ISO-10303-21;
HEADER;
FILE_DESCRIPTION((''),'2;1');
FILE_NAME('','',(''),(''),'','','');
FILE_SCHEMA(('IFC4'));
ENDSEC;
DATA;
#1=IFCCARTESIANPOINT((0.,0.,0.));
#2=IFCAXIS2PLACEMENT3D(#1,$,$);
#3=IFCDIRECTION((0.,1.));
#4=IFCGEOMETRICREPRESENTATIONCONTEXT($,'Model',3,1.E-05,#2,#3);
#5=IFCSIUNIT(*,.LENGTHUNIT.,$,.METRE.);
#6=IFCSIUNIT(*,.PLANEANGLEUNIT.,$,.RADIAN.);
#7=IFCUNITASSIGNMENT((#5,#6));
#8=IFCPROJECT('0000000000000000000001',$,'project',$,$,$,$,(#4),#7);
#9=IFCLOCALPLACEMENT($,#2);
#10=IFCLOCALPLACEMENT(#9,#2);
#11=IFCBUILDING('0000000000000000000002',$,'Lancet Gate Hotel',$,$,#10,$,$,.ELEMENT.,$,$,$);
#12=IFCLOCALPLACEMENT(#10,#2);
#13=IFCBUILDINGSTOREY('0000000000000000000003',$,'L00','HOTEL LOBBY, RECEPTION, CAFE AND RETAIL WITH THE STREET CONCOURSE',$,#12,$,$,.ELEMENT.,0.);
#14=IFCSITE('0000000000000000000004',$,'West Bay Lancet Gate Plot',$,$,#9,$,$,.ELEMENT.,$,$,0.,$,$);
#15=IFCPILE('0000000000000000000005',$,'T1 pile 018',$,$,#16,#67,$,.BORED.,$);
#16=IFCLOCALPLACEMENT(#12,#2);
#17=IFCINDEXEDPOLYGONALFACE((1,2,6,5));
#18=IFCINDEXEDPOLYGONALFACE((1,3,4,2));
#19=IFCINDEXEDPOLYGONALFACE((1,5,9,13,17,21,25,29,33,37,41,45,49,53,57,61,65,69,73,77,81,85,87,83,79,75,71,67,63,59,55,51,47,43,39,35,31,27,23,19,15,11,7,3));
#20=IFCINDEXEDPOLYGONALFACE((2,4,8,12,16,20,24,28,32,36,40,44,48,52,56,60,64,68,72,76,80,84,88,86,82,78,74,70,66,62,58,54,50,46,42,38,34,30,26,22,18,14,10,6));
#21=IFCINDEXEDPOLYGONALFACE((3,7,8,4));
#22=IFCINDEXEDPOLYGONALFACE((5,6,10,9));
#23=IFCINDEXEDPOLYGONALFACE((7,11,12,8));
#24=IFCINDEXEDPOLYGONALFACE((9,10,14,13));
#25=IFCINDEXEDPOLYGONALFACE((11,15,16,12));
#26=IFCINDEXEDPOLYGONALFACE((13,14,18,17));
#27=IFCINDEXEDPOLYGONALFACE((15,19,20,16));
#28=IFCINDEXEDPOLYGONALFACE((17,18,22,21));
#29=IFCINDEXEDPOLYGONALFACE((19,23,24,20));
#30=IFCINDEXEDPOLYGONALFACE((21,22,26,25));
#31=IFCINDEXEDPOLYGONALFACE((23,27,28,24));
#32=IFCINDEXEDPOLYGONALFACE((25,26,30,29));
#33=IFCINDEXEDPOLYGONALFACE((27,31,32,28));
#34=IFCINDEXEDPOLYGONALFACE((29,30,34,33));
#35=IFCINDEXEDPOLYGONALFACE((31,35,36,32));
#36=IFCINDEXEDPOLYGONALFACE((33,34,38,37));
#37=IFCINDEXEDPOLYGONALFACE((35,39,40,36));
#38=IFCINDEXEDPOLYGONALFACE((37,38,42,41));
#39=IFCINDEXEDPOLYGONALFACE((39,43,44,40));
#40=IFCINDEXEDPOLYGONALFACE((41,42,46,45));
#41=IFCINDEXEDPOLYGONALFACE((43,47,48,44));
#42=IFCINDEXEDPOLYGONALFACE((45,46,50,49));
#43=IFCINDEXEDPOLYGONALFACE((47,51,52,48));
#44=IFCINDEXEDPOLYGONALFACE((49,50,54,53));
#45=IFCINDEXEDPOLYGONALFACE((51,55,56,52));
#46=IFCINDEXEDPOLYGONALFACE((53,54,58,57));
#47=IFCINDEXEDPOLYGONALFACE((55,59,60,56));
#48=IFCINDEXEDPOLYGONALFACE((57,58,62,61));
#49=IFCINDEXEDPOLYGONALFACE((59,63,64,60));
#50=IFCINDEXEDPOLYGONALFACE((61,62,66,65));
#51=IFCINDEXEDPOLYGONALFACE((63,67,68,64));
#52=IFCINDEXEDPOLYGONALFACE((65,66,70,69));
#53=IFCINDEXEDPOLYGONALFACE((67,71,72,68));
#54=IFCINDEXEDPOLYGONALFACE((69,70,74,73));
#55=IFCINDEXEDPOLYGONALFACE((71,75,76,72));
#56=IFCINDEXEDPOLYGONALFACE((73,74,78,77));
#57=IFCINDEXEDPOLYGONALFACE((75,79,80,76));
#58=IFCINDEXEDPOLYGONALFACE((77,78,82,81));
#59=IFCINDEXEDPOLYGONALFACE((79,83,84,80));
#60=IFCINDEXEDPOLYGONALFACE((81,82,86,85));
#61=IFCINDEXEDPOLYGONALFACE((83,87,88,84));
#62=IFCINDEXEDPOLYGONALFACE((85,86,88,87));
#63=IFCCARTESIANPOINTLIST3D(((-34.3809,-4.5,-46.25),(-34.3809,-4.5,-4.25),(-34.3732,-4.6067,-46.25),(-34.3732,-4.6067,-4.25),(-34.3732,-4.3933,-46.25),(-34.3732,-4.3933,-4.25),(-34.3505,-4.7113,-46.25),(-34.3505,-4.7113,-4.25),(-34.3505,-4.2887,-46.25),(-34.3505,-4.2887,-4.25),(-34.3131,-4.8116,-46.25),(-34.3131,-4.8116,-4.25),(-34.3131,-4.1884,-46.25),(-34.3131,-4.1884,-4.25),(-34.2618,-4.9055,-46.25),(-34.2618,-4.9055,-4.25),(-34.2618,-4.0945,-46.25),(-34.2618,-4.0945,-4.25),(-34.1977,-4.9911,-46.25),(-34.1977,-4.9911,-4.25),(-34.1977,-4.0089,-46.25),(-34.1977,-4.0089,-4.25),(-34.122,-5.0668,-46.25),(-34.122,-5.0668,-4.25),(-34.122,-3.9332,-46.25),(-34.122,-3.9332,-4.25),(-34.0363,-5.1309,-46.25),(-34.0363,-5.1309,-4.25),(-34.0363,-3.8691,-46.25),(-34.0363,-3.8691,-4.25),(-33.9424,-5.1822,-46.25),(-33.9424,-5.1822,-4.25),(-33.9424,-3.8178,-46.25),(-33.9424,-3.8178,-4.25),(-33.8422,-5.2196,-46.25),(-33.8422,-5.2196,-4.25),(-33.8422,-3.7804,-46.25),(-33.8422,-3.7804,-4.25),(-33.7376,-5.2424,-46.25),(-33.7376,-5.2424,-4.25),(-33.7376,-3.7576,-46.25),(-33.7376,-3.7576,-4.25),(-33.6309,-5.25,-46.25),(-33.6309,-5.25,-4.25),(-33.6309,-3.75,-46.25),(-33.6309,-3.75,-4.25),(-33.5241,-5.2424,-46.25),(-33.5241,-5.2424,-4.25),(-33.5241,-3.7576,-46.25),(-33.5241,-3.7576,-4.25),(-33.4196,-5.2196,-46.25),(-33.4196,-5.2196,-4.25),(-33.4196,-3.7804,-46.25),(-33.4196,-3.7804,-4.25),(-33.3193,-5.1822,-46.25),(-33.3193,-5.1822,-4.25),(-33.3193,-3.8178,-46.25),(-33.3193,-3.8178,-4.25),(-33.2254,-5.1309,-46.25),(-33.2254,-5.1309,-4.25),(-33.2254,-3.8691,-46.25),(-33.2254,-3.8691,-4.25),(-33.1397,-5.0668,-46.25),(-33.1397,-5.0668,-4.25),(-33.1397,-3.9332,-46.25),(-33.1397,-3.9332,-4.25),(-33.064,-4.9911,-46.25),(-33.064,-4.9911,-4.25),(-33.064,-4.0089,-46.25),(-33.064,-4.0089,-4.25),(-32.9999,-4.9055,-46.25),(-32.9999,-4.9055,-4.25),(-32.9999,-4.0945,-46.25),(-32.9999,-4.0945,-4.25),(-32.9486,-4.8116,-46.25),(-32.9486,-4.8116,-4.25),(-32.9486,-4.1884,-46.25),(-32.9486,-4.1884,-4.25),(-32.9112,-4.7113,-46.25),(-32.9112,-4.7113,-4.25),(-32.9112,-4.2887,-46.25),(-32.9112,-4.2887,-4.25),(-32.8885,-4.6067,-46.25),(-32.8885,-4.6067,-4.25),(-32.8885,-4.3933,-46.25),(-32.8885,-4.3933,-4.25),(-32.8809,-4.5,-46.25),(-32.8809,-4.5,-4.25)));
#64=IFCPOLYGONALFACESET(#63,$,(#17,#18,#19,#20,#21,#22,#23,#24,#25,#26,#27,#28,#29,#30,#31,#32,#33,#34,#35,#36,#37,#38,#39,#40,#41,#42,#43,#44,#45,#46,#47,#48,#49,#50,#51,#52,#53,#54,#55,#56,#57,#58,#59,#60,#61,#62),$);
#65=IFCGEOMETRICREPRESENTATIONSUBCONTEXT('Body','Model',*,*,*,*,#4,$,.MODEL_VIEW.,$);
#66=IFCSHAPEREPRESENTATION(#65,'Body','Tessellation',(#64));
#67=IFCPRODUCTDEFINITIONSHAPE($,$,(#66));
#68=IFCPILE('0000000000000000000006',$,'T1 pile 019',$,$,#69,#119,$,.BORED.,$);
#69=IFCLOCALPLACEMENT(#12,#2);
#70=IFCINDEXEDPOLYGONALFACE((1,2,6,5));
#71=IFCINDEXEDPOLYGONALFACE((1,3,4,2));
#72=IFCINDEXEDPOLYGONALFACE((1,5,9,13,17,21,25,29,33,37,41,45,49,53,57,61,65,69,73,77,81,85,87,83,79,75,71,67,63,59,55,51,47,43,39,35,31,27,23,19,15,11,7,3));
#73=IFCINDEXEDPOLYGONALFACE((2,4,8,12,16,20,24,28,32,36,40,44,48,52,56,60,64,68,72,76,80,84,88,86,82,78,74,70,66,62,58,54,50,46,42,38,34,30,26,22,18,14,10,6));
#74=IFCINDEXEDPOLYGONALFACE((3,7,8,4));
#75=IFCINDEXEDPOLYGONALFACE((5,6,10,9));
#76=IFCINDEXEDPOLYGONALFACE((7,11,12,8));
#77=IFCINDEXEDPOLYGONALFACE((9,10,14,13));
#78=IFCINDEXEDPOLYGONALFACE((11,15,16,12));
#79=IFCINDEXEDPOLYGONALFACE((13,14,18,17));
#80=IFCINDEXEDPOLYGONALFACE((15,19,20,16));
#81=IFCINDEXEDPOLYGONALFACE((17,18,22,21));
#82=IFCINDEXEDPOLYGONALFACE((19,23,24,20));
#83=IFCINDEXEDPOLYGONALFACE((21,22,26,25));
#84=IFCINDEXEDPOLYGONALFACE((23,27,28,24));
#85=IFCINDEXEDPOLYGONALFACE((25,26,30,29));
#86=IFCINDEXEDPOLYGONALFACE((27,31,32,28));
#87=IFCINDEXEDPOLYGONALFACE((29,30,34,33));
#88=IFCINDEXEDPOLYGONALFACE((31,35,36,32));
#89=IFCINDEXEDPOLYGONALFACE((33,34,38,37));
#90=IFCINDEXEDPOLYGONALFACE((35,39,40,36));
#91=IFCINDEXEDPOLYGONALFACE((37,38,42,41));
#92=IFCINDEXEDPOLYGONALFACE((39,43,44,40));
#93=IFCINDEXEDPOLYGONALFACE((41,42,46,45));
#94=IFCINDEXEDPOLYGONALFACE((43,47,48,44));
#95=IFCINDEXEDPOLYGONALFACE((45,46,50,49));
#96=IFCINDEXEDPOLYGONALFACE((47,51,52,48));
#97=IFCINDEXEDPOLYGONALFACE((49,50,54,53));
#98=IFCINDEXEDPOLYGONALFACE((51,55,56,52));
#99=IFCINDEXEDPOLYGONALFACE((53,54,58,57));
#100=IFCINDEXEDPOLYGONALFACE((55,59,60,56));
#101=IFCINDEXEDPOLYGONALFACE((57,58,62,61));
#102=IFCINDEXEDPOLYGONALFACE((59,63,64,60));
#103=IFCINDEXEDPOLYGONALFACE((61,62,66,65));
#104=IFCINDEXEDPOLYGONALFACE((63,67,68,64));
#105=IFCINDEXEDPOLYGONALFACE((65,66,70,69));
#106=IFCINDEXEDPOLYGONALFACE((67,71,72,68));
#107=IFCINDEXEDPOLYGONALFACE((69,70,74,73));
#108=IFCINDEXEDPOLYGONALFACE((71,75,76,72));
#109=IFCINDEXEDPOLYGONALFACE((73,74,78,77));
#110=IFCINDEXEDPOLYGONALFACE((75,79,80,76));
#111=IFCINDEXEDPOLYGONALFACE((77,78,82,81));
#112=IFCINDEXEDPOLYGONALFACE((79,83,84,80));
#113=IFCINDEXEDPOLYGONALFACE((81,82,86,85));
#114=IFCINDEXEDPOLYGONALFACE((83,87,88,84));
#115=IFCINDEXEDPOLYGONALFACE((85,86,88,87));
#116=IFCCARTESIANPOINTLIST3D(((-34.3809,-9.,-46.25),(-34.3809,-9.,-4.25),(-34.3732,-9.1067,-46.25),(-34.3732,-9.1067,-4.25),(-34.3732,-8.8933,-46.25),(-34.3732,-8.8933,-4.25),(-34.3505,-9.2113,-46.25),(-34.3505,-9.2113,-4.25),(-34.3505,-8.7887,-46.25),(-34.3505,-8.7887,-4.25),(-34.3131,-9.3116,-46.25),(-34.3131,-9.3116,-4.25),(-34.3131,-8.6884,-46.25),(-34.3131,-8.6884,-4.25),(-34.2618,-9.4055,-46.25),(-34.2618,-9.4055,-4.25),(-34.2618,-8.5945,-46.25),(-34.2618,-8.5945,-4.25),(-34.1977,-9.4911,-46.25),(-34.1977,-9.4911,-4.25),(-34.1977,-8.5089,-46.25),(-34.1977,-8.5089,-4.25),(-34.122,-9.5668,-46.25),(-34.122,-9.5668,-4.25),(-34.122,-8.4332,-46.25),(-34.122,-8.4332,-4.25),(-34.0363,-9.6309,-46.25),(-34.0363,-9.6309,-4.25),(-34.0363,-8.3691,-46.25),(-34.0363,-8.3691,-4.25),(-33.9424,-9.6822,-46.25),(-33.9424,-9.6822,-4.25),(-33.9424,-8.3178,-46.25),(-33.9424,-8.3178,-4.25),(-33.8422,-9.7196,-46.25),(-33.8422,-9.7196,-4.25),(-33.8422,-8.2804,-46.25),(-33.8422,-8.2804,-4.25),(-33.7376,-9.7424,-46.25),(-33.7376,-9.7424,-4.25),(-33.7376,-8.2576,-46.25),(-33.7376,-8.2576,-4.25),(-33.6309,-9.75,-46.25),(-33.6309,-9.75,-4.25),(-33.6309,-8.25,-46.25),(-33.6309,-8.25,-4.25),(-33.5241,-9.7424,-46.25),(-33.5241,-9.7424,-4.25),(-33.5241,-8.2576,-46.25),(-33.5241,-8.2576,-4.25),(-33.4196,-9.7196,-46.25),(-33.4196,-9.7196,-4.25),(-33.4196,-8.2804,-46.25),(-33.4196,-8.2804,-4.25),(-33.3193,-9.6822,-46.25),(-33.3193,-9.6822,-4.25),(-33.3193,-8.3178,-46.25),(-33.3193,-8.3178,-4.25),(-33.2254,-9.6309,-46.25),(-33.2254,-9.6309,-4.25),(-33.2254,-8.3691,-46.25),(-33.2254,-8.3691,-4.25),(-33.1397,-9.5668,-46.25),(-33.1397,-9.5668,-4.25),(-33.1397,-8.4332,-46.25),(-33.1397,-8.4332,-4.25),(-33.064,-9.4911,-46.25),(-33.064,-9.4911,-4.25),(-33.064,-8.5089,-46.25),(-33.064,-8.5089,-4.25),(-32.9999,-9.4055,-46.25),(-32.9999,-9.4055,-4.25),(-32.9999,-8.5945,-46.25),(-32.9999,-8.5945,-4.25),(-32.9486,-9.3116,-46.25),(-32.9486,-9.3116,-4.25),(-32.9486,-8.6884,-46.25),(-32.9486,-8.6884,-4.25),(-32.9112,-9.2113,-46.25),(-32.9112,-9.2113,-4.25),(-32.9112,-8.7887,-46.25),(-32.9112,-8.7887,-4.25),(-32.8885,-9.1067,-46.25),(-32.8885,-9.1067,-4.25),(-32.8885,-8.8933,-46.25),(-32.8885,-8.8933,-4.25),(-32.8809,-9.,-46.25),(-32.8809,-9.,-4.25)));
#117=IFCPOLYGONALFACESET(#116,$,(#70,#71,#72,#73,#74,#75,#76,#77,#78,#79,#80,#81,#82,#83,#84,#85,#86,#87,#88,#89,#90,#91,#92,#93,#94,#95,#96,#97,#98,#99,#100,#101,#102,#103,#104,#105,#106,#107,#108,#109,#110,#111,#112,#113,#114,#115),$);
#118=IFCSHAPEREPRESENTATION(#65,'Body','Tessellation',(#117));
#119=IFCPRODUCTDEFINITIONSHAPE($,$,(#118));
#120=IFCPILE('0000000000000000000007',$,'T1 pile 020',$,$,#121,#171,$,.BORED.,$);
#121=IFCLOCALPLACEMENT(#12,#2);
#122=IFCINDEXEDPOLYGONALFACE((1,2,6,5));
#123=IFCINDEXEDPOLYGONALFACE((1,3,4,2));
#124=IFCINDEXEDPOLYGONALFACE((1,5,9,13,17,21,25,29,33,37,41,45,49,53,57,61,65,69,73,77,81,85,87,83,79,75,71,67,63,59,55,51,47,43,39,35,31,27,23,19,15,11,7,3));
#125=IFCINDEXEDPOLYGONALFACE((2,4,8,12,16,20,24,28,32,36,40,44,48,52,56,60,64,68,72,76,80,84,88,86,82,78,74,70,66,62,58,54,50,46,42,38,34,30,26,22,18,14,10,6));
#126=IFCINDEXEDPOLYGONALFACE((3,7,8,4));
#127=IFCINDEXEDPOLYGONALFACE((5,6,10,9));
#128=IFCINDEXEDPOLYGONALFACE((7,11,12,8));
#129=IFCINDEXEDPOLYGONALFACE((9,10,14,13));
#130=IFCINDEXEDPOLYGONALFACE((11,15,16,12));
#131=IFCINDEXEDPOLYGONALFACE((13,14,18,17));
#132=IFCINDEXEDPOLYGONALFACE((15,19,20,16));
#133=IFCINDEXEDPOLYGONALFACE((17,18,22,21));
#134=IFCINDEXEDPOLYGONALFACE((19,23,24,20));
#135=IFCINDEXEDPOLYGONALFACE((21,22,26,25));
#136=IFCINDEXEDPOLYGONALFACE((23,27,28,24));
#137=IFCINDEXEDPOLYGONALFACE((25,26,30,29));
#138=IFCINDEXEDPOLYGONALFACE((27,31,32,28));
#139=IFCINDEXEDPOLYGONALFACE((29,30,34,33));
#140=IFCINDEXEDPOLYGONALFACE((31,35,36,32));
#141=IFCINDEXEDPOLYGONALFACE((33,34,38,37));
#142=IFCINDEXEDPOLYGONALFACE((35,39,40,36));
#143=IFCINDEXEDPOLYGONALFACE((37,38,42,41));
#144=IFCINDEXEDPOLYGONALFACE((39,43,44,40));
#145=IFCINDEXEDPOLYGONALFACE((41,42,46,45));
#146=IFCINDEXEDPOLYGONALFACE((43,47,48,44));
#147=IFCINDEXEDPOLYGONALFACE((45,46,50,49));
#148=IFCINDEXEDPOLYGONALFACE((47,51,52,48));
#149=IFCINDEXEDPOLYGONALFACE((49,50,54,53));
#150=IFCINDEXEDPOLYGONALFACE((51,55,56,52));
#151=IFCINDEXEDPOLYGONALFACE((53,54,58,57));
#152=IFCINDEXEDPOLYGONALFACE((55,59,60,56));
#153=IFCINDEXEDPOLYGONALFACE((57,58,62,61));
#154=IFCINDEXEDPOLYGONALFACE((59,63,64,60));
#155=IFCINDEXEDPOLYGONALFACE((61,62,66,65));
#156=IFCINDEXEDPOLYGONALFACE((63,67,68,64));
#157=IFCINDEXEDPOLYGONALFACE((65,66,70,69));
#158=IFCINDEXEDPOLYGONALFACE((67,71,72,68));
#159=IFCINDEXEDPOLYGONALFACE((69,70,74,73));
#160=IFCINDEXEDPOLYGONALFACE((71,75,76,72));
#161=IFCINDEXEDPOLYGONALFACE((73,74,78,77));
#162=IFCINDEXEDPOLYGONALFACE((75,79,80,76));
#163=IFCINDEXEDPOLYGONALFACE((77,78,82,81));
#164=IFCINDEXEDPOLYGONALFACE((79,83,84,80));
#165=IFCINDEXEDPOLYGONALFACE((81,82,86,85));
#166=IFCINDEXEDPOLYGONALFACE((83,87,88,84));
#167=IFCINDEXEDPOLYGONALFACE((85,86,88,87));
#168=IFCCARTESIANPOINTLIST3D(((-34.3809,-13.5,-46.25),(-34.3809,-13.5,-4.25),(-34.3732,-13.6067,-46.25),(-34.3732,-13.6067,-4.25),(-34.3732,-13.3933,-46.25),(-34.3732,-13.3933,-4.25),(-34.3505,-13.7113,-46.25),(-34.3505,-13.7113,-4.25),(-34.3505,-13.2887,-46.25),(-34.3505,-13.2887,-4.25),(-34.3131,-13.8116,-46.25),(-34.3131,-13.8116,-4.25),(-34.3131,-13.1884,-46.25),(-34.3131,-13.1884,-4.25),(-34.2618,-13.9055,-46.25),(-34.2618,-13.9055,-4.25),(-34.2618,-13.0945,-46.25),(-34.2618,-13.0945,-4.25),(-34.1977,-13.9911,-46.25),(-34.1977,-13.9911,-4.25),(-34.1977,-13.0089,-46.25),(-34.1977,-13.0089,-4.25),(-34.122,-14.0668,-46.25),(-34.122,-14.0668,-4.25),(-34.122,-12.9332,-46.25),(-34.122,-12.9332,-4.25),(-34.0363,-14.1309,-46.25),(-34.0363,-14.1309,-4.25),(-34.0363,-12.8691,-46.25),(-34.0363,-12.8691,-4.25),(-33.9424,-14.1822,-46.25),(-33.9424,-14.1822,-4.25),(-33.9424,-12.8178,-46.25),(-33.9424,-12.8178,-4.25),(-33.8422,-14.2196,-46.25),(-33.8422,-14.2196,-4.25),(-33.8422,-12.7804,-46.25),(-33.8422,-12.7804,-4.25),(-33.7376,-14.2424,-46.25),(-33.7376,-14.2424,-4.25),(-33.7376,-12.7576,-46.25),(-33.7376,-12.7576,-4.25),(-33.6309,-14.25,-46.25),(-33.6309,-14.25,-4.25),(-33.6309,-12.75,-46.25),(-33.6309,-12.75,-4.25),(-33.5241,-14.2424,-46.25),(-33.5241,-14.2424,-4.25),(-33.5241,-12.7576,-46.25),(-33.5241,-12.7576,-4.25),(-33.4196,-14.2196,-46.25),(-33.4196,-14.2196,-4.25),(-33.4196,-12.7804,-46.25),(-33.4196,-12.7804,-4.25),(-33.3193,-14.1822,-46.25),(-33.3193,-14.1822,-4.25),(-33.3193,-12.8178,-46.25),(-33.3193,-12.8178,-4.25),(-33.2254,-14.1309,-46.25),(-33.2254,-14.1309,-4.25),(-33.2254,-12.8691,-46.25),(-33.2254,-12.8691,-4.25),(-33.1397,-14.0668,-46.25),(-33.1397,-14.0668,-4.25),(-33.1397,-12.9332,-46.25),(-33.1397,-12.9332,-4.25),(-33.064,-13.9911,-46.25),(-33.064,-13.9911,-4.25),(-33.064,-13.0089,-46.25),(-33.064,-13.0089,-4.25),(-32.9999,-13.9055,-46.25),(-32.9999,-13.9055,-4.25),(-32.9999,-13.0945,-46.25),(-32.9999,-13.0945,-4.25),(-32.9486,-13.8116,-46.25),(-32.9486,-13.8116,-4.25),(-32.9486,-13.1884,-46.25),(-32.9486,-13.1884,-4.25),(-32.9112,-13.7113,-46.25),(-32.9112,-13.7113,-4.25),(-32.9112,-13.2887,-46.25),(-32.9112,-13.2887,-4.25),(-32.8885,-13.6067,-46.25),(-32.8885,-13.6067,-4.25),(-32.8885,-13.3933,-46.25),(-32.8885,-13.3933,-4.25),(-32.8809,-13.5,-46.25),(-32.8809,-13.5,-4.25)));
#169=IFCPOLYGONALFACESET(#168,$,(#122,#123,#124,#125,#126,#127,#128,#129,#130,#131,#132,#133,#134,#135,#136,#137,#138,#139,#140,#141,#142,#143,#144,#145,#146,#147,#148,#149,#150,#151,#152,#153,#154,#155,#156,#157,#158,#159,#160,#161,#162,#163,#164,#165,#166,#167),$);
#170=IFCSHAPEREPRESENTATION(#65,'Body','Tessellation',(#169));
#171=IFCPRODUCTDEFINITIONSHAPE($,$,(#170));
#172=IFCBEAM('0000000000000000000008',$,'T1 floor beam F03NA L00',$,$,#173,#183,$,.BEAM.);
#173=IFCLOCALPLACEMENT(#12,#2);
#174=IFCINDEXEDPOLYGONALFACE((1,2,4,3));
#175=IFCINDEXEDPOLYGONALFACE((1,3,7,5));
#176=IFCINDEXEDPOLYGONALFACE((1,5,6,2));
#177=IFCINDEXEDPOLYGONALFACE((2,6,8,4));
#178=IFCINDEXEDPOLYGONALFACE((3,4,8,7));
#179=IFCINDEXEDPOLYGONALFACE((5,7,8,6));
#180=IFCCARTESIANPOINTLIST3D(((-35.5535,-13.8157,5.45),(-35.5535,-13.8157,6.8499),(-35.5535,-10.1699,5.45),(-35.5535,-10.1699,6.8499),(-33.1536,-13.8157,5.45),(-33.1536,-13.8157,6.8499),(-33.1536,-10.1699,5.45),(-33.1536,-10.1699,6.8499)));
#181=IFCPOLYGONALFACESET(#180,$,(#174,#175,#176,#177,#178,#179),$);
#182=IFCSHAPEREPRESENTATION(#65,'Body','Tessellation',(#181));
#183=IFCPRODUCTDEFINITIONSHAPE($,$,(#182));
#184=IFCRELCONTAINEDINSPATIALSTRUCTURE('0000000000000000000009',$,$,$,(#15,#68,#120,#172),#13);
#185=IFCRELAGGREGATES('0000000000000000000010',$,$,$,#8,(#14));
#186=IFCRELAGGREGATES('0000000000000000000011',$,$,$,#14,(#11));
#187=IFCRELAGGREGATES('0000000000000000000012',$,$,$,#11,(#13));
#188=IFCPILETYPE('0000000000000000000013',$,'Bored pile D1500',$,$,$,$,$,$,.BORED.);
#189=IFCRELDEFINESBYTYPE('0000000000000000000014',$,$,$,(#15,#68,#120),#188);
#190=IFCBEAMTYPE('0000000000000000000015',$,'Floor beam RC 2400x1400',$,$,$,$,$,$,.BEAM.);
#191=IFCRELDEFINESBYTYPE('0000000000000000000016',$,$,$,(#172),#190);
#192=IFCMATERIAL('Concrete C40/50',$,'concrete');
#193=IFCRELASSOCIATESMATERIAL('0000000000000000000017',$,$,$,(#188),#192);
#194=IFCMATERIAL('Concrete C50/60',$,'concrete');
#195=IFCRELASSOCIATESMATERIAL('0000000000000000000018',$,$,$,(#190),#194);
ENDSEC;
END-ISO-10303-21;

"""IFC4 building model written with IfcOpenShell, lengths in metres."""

from ifc_helpers import new_model, si_unit, direction, frame, origin, origin_2d, place, context, subcontext, project, spatial, rectangle, circle, extrude, material, material_profile, profile_set, type_object, element, save


model = new_model("IFC4")

# Units and contexts
model_context = context("Model", 3, precision=1e-05, world=origin(), true_north=direction((0.0, 1.0)))
body_context = subcontext(model_context, "Body", "Model", "MODEL_VIEW")
ifc_project = project(units=[si_unit("LENGTHUNIT", "METRE"), si_unit("PLANEANGLEUNIT", "RADIAN")], contexts=[model_context])

# Site, building, storey
site_placement = place(None, origin())
site = spatial("IfcSite", under=ifc_project, at=site_placement, Name="West Bay Lancet Gate Plot", CompositionType="ELEMENT", RefElevation=0.0)
building_placement = place(site_placement, origin())
building = spatial("IfcBuilding", under=site, at=building_placement, Name="Lancet Gate Hotel", CompositionType="ELEMENT")
storey_placement = place(building_placement, origin())
storey = spatial("IfcBuildingStorey", under=building, at=storey_placement, Name="L00", Description="HOTEL LOBBY, RECEPTION, CAFE AND RETAIL WITH THE STREET CONCOURSE", CompositionType="ELEMENT", Elevation=0.0)

# Piles
ifc_material_1 = material(Name="Concrete C40/50", Category="concrete")
ifc_material_profile_1 = material_profile(ifc_material_1, circle(Radius=0.75, at=origin_2d()), Name="PILE D1500")
ifc_profile_set_1 = profile_set([ifc_material_profile_1], Name="Concrete C40/50")
pile_type = type_object("IfcPileType", Name="Bored pile D1500", PredefinedType="BORED", material=ifc_profile_set_1)
for number, where, z_axis, x_axis, name in (
    (1, (-33.6309, -4.5, -4.25), (0.0, 0.0, -1.0), (1.0, 0.0, 0.0), "T1 pile 018"),
    (2, (-33.6309, -9.0, -4.25), (0.0, 0.0, -1.0), (1.0, 0.0, 0.0), "T1 pile 019"),
    (3, (-33.6309, -13.5, -4.25), (0.0, 0.0, -1.0), (1.0, 0.0, 0.0), "T1 pile 020"),
):
    element("IfcPile", number, at=place(storey_placement, frame(where, z_axis=z_axis, x_axis=x_axis)), inside=storey, type_object=pile_type, Name=name, PredefinedType="BORED", context=body_context, shape_type="SweptSolid", body=[
        extrude(circle(Radius=0.75, at=origin_2d()), origin(), (0.0, 0.0, 1.0), 42.0),
    ])

# Beam
ifc_material_2 = material(Name="Concrete C50/60", Category="concrete")
ifc_material_profile_2 = material_profile(ifc_material_2, rectangle(XDim=2.3999, YDim=1.3999, at=origin_2d()), Name="RC 2400x1400")
ifc_profile_set_2 = profile_set([ifc_material_profile_2], Name="Concrete C50/60")
beam_type = type_object("IfcBeamType", Name="Floor beam RC 2400x1400", PredefinedType="BEAM", material=ifc_profile_set_2)
beam_placement = place(storey_placement, frame((-34.3535, -10.1699, 6.1499), z_axis=(0.0, -1.0, 0.0), x_axis=(1.0, 0.0, 0.0)))
element("IfcBeam", 4, at=beam_placement, inside=storey, type_object=beam_type, Name="T1 floor beam F03NA L00", PredefinedType="BEAM", context=body_context, shape_type="SweptSolid", body=[
    extrude(rectangle(XDim=2.3999, YDim=1.3999, at=origin_2d()), origin(), (0.0, 0.0, 1.0), 3.6458),
])

save(model, "model.ifc")
